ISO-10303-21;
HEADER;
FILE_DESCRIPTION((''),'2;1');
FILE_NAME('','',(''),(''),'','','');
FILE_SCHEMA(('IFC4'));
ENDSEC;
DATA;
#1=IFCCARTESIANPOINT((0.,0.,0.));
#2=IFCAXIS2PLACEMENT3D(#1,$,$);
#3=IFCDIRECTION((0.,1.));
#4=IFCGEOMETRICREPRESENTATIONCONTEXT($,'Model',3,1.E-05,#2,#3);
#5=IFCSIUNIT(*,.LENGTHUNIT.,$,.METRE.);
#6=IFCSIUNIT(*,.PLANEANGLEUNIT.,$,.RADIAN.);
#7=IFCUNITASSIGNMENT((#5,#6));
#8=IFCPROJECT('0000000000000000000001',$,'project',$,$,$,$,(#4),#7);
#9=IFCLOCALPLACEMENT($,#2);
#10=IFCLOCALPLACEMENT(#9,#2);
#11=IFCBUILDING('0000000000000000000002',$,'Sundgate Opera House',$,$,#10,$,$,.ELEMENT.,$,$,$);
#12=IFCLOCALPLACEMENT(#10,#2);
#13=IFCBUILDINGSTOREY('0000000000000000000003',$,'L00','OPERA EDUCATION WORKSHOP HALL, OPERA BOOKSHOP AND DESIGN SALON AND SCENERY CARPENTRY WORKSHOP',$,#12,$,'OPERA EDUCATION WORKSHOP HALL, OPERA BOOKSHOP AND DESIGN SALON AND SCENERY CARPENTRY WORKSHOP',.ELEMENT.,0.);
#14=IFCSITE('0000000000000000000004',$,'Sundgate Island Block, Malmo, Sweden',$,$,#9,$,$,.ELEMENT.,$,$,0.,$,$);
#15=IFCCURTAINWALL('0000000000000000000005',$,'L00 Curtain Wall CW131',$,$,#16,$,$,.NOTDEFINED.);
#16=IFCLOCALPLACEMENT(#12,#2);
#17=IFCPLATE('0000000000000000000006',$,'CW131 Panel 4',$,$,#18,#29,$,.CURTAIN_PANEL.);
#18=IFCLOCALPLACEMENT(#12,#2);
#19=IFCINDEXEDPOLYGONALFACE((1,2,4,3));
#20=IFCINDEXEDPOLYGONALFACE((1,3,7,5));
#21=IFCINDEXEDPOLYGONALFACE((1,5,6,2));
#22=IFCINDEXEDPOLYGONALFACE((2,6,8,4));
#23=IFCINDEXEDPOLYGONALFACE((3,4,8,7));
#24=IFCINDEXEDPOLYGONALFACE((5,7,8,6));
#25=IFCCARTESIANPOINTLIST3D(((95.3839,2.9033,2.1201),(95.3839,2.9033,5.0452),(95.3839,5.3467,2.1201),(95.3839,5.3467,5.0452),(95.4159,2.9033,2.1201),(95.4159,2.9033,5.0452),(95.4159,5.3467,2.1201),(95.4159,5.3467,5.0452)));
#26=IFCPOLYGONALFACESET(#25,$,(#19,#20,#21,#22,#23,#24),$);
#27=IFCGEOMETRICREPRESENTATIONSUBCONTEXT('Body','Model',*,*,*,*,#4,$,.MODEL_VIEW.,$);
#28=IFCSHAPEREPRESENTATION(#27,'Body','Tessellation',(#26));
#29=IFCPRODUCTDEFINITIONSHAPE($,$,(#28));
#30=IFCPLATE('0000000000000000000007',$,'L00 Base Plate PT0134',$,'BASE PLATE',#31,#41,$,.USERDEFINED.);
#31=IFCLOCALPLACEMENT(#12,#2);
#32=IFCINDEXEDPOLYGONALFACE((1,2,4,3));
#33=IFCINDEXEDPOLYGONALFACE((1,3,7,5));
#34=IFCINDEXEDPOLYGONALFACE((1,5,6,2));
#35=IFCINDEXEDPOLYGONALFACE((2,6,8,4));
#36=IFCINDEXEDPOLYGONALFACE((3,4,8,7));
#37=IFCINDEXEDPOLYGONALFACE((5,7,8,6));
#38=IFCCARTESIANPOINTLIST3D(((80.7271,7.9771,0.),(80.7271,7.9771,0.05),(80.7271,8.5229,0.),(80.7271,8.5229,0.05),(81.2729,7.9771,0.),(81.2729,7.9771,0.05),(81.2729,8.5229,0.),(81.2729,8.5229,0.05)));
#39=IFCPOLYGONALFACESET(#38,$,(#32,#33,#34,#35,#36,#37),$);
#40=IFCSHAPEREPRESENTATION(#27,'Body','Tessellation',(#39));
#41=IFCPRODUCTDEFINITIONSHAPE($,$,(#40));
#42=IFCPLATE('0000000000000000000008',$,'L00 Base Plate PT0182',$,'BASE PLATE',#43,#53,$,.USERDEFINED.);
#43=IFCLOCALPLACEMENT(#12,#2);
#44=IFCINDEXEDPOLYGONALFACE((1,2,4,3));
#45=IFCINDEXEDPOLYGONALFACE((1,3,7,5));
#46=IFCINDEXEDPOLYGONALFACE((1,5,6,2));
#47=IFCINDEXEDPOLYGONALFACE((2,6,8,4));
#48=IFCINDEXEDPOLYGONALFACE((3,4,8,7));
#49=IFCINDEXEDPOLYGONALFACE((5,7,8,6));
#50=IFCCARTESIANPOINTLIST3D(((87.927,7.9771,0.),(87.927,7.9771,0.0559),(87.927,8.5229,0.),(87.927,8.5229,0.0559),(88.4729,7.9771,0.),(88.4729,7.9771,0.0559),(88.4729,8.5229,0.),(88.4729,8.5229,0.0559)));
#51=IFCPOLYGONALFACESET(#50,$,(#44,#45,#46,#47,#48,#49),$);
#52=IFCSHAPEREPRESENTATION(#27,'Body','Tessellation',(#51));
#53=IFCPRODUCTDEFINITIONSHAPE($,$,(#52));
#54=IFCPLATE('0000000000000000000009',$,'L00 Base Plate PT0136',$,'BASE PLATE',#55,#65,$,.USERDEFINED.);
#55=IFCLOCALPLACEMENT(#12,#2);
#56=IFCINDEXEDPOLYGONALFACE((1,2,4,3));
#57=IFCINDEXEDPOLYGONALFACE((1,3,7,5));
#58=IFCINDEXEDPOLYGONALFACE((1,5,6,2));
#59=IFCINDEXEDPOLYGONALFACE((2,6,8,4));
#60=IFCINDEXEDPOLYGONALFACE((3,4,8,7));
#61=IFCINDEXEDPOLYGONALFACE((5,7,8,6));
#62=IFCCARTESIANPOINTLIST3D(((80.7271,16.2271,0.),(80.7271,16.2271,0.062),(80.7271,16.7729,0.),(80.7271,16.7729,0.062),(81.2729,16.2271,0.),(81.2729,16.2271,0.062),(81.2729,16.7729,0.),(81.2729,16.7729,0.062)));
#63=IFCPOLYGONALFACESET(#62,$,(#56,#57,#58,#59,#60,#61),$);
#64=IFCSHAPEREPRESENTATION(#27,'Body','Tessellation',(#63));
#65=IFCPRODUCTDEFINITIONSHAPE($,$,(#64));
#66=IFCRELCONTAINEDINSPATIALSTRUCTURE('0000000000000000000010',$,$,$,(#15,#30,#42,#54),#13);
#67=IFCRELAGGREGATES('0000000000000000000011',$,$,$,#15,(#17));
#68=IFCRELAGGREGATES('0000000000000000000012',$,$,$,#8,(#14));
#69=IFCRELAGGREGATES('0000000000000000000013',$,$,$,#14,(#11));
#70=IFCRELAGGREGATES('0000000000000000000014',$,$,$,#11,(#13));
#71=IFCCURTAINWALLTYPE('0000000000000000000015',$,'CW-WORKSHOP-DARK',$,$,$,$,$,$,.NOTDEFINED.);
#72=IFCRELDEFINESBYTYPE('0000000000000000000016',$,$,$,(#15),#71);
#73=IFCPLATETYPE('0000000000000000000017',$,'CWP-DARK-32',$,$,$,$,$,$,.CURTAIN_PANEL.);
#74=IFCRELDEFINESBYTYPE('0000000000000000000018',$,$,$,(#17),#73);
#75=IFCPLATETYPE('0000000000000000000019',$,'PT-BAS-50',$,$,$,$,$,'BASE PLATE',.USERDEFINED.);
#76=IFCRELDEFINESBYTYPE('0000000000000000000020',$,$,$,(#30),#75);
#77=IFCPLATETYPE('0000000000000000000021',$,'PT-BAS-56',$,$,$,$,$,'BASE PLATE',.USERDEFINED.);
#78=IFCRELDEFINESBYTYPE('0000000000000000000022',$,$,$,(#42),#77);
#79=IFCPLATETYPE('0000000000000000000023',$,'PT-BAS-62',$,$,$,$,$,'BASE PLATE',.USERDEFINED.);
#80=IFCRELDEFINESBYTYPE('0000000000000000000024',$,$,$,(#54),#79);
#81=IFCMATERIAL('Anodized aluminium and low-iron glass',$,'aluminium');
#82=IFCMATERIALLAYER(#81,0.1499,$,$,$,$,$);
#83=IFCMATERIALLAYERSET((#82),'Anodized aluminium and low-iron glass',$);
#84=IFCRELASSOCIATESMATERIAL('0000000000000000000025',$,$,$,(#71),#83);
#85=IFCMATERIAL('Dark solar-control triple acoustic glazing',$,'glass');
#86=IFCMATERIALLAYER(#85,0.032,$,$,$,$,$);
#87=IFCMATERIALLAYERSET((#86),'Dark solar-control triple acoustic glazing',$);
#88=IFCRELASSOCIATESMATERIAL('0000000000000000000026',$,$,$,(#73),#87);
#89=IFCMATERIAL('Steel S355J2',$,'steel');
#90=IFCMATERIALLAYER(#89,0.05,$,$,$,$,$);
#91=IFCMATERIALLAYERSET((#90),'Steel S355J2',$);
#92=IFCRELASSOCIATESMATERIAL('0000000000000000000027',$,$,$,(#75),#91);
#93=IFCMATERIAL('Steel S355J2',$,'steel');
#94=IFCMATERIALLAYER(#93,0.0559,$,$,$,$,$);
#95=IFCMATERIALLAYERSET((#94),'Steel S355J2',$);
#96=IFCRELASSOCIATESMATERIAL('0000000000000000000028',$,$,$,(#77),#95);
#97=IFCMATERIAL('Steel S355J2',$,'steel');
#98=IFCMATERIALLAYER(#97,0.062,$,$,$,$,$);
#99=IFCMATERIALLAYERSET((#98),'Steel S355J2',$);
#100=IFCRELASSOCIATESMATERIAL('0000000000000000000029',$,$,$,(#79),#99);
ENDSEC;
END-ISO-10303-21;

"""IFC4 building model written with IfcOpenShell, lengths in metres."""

from ifc_helpers import new_model, si_unit, direction, frame, origin, origin_2d, place, context, subcontext, project, spatial, rectangle, extrude, material, layer, layer_set, type_object, element, aggregate, save


model = new_model("IFC4")

# Units and contexts
model_context = context("Model", 3, precision=1e-05, world=origin(), true_north=direction((0.0, 1.0)))
body_context = subcontext(model_context, "Body", "Model", "MODEL_VIEW")
ifc_project = project(units=[si_unit("LENGTHUNIT", "METRE"), si_unit("PLANEANGLEUNIT", "RADIAN")], contexts=[model_context])

# Site, building, storey
site_placement = place(None, origin())
site = spatial("IfcSite", under=ifc_project, at=site_placement, Name="Sundgate Island Block, Malmo, Sweden", CompositionType="ELEMENT", RefElevation=0.0)
building_placement = place(site_placement, origin())
building = spatial("IfcBuilding", under=site, at=building_placement, Name="Sundgate Opera House", CompositionType="ELEMENT")
storey_placement = place(building_placement, origin())
storey = spatial("IfcBuildingStorey", under=building, at=storey_placement, Name="L00", Description="OPERA EDUCATION WORKSHOP HALL, OPERA BOOKSHOP AND DESIGN SALON AND SCENERY CARPENTRY WORKSHOP", LongName="OPERA EDUCATION WORKSHOP HALL, OPERA BOOKSHOP AND DESIGN SALON AND SCENERY CARPENTRY WORKSHOP", CompositionType="ELEMENT", Elevation=0.0)

# Curtain wall, plate
ifc_material_1 = material(Name="Anodized aluminium and low-iron glass", Category="aluminium")
ifc_layer_1 = layer(ifc_material_1, 0.1499)
ifc_layer_set_1 = layer_set([ifc_layer_1], Name="Anodized aluminium and low-iron glass")
curtain_wall_type = type_object("IfcCurtainWallType", Name="CW-WORKSHOP-DARK", PredefinedType="NOTDEFINED", material=ifc_layer_set_1)
curtain_wall_placement = place(storey_placement, origin())
curtain_wall = element("IfcCurtainWall", 1, at=curtain_wall_placement, inside=storey, type_object=curtain_wall_type, Name="L00 Curtain Wall CW131", PredefinedType="NOTDEFINED")
ifc_material_2 = material(Name="Dark solar-control triple acoustic glazing", Category="glass")
ifc_layer_2 = layer(ifc_material_2, 0.032)
ifc_layer_set_2 = layer_set([ifc_layer_2], Name="Dark solar-control triple acoustic glazing")
plate_type_1 = type_object("IfcPlateType", Name="CWP-DARK-32", PredefinedType="CURTAIN_PANEL", material=ifc_layer_set_2)
plate_1_placement = place(storey_placement, frame((95.3999, 4.125, 2.1201), z_axis=(0.0, 0.0, 1.0), x_axis=(0.0, -1.0, 0.0)))
plate_1 = element("IfcPlate", 2, at=plate_1_placement, type_object=plate_type_1, Name="CW131 Panel 4", PredefinedType="CURTAIN_PANEL", context=body_context, shape_type="SweptSolid", body=[
    extrude(rectangle(XDim=2.4434, YDim=0.032, at=origin_2d()), origin(), (0.0, 0.0, 1.0), 2.925),
])
aggregate(curtain_wall, [plate_1])

# Plates
ifc_material_3 = material(Name="Steel S355J2", Category="steel")
ifc_layer_3 = layer(ifc_material_3, 0.05)
ifc_layer_set_3 = layer_set([ifc_layer_3], Name="Steel S355J2")
plate_type_2 = type_object("IfcPlateType", Name="PT-BAS-50", ElementType="BASE PLATE", PredefinedType="USERDEFINED", material=ifc_layer_set_3)
plate_2_placement = place(storey_placement, frame((81.0, 8.25, 0.0), z_axis=(0.0, 0.0, 1.0), x_axis=(1.0, 0.0, 0.0)))
element("IfcPlate", 3, at=plate_2_placement, inside=storey, type_object=plate_type_2, Name="L00 Base Plate PT0134", ObjectType="BASE PLATE", PredefinedType="USERDEFINED", context=body_context, shape_type="SweptSolid", body=[
    extrude(rectangle(XDim=0.5459, YDim=0.5459, at=origin_2d()), origin(), (0.0, 0.0, 1.0), 0.05),
])
ifc_material_4 = material(Name="Steel S355J2", Category="steel")
ifc_layer_4 = layer(ifc_material_4, 0.0559)
ifc_layer_set_4 = layer_set([ifc_layer_4], Name="Steel S355J2")
plate_type_3 = type_object("IfcPlateType", Name="PT-BAS-56", ElementType="BASE PLATE", PredefinedType="USERDEFINED", material=ifc_layer_set_4)
plate_3_placement = place(storey_placement, frame((88.2, 8.25, 0.0), z_axis=(0.0, 0.0, 1.0), x_axis=(1.0, 0.0, 0.0)))
element("IfcPlate", 4, at=plate_3_placement, inside=storey, type_object=plate_type_3, Name="L00 Base Plate PT0182", ObjectType="BASE PLATE", PredefinedType="USERDEFINED", context=body_context, shape_type="SweptSolid", body=[
    extrude(rectangle(XDim=0.5459, YDim=0.5459, at=origin_2d()), origin(), (0.0, 0.0, 1.0), 0.0559),
])
ifc_material_5 = material(Name="Steel S355J2", Category="steel")
ifc_layer_5 = layer(ifc_material_5, 0.062)
ifc_layer_set_5 = layer_set([ifc_layer_5], Name="Steel S355J2")
plate_type_4 = type_object("IfcPlateType", Name="PT-BAS-62", ElementType="BASE PLATE", PredefinedType="USERDEFINED", material=ifc_layer_set_5)
plate_4_placement = place(storey_placement, frame((81.0, 16.5, 0.0), z_axis=(0.0, 0.0, 1.0), x_axis=(1.0, 0.0, 0.0)))
element("IfcPlate", 5, at=plate_4_placement, inside=storey, type_object=plate_type_4, Name="L00 Base Plate PT0136", ObjectType="BASE PLATE", PredefinedType="USERDEFINED", context=body_context, shape_type="SweptSolid", body=[
    extrude(rectangle(XDim=0.5459, YDim=0.5459, at=origin_2d()), origin(), (0.0, 0.0, 1.0), 0.062),
])

save(model, "model.ifc")
